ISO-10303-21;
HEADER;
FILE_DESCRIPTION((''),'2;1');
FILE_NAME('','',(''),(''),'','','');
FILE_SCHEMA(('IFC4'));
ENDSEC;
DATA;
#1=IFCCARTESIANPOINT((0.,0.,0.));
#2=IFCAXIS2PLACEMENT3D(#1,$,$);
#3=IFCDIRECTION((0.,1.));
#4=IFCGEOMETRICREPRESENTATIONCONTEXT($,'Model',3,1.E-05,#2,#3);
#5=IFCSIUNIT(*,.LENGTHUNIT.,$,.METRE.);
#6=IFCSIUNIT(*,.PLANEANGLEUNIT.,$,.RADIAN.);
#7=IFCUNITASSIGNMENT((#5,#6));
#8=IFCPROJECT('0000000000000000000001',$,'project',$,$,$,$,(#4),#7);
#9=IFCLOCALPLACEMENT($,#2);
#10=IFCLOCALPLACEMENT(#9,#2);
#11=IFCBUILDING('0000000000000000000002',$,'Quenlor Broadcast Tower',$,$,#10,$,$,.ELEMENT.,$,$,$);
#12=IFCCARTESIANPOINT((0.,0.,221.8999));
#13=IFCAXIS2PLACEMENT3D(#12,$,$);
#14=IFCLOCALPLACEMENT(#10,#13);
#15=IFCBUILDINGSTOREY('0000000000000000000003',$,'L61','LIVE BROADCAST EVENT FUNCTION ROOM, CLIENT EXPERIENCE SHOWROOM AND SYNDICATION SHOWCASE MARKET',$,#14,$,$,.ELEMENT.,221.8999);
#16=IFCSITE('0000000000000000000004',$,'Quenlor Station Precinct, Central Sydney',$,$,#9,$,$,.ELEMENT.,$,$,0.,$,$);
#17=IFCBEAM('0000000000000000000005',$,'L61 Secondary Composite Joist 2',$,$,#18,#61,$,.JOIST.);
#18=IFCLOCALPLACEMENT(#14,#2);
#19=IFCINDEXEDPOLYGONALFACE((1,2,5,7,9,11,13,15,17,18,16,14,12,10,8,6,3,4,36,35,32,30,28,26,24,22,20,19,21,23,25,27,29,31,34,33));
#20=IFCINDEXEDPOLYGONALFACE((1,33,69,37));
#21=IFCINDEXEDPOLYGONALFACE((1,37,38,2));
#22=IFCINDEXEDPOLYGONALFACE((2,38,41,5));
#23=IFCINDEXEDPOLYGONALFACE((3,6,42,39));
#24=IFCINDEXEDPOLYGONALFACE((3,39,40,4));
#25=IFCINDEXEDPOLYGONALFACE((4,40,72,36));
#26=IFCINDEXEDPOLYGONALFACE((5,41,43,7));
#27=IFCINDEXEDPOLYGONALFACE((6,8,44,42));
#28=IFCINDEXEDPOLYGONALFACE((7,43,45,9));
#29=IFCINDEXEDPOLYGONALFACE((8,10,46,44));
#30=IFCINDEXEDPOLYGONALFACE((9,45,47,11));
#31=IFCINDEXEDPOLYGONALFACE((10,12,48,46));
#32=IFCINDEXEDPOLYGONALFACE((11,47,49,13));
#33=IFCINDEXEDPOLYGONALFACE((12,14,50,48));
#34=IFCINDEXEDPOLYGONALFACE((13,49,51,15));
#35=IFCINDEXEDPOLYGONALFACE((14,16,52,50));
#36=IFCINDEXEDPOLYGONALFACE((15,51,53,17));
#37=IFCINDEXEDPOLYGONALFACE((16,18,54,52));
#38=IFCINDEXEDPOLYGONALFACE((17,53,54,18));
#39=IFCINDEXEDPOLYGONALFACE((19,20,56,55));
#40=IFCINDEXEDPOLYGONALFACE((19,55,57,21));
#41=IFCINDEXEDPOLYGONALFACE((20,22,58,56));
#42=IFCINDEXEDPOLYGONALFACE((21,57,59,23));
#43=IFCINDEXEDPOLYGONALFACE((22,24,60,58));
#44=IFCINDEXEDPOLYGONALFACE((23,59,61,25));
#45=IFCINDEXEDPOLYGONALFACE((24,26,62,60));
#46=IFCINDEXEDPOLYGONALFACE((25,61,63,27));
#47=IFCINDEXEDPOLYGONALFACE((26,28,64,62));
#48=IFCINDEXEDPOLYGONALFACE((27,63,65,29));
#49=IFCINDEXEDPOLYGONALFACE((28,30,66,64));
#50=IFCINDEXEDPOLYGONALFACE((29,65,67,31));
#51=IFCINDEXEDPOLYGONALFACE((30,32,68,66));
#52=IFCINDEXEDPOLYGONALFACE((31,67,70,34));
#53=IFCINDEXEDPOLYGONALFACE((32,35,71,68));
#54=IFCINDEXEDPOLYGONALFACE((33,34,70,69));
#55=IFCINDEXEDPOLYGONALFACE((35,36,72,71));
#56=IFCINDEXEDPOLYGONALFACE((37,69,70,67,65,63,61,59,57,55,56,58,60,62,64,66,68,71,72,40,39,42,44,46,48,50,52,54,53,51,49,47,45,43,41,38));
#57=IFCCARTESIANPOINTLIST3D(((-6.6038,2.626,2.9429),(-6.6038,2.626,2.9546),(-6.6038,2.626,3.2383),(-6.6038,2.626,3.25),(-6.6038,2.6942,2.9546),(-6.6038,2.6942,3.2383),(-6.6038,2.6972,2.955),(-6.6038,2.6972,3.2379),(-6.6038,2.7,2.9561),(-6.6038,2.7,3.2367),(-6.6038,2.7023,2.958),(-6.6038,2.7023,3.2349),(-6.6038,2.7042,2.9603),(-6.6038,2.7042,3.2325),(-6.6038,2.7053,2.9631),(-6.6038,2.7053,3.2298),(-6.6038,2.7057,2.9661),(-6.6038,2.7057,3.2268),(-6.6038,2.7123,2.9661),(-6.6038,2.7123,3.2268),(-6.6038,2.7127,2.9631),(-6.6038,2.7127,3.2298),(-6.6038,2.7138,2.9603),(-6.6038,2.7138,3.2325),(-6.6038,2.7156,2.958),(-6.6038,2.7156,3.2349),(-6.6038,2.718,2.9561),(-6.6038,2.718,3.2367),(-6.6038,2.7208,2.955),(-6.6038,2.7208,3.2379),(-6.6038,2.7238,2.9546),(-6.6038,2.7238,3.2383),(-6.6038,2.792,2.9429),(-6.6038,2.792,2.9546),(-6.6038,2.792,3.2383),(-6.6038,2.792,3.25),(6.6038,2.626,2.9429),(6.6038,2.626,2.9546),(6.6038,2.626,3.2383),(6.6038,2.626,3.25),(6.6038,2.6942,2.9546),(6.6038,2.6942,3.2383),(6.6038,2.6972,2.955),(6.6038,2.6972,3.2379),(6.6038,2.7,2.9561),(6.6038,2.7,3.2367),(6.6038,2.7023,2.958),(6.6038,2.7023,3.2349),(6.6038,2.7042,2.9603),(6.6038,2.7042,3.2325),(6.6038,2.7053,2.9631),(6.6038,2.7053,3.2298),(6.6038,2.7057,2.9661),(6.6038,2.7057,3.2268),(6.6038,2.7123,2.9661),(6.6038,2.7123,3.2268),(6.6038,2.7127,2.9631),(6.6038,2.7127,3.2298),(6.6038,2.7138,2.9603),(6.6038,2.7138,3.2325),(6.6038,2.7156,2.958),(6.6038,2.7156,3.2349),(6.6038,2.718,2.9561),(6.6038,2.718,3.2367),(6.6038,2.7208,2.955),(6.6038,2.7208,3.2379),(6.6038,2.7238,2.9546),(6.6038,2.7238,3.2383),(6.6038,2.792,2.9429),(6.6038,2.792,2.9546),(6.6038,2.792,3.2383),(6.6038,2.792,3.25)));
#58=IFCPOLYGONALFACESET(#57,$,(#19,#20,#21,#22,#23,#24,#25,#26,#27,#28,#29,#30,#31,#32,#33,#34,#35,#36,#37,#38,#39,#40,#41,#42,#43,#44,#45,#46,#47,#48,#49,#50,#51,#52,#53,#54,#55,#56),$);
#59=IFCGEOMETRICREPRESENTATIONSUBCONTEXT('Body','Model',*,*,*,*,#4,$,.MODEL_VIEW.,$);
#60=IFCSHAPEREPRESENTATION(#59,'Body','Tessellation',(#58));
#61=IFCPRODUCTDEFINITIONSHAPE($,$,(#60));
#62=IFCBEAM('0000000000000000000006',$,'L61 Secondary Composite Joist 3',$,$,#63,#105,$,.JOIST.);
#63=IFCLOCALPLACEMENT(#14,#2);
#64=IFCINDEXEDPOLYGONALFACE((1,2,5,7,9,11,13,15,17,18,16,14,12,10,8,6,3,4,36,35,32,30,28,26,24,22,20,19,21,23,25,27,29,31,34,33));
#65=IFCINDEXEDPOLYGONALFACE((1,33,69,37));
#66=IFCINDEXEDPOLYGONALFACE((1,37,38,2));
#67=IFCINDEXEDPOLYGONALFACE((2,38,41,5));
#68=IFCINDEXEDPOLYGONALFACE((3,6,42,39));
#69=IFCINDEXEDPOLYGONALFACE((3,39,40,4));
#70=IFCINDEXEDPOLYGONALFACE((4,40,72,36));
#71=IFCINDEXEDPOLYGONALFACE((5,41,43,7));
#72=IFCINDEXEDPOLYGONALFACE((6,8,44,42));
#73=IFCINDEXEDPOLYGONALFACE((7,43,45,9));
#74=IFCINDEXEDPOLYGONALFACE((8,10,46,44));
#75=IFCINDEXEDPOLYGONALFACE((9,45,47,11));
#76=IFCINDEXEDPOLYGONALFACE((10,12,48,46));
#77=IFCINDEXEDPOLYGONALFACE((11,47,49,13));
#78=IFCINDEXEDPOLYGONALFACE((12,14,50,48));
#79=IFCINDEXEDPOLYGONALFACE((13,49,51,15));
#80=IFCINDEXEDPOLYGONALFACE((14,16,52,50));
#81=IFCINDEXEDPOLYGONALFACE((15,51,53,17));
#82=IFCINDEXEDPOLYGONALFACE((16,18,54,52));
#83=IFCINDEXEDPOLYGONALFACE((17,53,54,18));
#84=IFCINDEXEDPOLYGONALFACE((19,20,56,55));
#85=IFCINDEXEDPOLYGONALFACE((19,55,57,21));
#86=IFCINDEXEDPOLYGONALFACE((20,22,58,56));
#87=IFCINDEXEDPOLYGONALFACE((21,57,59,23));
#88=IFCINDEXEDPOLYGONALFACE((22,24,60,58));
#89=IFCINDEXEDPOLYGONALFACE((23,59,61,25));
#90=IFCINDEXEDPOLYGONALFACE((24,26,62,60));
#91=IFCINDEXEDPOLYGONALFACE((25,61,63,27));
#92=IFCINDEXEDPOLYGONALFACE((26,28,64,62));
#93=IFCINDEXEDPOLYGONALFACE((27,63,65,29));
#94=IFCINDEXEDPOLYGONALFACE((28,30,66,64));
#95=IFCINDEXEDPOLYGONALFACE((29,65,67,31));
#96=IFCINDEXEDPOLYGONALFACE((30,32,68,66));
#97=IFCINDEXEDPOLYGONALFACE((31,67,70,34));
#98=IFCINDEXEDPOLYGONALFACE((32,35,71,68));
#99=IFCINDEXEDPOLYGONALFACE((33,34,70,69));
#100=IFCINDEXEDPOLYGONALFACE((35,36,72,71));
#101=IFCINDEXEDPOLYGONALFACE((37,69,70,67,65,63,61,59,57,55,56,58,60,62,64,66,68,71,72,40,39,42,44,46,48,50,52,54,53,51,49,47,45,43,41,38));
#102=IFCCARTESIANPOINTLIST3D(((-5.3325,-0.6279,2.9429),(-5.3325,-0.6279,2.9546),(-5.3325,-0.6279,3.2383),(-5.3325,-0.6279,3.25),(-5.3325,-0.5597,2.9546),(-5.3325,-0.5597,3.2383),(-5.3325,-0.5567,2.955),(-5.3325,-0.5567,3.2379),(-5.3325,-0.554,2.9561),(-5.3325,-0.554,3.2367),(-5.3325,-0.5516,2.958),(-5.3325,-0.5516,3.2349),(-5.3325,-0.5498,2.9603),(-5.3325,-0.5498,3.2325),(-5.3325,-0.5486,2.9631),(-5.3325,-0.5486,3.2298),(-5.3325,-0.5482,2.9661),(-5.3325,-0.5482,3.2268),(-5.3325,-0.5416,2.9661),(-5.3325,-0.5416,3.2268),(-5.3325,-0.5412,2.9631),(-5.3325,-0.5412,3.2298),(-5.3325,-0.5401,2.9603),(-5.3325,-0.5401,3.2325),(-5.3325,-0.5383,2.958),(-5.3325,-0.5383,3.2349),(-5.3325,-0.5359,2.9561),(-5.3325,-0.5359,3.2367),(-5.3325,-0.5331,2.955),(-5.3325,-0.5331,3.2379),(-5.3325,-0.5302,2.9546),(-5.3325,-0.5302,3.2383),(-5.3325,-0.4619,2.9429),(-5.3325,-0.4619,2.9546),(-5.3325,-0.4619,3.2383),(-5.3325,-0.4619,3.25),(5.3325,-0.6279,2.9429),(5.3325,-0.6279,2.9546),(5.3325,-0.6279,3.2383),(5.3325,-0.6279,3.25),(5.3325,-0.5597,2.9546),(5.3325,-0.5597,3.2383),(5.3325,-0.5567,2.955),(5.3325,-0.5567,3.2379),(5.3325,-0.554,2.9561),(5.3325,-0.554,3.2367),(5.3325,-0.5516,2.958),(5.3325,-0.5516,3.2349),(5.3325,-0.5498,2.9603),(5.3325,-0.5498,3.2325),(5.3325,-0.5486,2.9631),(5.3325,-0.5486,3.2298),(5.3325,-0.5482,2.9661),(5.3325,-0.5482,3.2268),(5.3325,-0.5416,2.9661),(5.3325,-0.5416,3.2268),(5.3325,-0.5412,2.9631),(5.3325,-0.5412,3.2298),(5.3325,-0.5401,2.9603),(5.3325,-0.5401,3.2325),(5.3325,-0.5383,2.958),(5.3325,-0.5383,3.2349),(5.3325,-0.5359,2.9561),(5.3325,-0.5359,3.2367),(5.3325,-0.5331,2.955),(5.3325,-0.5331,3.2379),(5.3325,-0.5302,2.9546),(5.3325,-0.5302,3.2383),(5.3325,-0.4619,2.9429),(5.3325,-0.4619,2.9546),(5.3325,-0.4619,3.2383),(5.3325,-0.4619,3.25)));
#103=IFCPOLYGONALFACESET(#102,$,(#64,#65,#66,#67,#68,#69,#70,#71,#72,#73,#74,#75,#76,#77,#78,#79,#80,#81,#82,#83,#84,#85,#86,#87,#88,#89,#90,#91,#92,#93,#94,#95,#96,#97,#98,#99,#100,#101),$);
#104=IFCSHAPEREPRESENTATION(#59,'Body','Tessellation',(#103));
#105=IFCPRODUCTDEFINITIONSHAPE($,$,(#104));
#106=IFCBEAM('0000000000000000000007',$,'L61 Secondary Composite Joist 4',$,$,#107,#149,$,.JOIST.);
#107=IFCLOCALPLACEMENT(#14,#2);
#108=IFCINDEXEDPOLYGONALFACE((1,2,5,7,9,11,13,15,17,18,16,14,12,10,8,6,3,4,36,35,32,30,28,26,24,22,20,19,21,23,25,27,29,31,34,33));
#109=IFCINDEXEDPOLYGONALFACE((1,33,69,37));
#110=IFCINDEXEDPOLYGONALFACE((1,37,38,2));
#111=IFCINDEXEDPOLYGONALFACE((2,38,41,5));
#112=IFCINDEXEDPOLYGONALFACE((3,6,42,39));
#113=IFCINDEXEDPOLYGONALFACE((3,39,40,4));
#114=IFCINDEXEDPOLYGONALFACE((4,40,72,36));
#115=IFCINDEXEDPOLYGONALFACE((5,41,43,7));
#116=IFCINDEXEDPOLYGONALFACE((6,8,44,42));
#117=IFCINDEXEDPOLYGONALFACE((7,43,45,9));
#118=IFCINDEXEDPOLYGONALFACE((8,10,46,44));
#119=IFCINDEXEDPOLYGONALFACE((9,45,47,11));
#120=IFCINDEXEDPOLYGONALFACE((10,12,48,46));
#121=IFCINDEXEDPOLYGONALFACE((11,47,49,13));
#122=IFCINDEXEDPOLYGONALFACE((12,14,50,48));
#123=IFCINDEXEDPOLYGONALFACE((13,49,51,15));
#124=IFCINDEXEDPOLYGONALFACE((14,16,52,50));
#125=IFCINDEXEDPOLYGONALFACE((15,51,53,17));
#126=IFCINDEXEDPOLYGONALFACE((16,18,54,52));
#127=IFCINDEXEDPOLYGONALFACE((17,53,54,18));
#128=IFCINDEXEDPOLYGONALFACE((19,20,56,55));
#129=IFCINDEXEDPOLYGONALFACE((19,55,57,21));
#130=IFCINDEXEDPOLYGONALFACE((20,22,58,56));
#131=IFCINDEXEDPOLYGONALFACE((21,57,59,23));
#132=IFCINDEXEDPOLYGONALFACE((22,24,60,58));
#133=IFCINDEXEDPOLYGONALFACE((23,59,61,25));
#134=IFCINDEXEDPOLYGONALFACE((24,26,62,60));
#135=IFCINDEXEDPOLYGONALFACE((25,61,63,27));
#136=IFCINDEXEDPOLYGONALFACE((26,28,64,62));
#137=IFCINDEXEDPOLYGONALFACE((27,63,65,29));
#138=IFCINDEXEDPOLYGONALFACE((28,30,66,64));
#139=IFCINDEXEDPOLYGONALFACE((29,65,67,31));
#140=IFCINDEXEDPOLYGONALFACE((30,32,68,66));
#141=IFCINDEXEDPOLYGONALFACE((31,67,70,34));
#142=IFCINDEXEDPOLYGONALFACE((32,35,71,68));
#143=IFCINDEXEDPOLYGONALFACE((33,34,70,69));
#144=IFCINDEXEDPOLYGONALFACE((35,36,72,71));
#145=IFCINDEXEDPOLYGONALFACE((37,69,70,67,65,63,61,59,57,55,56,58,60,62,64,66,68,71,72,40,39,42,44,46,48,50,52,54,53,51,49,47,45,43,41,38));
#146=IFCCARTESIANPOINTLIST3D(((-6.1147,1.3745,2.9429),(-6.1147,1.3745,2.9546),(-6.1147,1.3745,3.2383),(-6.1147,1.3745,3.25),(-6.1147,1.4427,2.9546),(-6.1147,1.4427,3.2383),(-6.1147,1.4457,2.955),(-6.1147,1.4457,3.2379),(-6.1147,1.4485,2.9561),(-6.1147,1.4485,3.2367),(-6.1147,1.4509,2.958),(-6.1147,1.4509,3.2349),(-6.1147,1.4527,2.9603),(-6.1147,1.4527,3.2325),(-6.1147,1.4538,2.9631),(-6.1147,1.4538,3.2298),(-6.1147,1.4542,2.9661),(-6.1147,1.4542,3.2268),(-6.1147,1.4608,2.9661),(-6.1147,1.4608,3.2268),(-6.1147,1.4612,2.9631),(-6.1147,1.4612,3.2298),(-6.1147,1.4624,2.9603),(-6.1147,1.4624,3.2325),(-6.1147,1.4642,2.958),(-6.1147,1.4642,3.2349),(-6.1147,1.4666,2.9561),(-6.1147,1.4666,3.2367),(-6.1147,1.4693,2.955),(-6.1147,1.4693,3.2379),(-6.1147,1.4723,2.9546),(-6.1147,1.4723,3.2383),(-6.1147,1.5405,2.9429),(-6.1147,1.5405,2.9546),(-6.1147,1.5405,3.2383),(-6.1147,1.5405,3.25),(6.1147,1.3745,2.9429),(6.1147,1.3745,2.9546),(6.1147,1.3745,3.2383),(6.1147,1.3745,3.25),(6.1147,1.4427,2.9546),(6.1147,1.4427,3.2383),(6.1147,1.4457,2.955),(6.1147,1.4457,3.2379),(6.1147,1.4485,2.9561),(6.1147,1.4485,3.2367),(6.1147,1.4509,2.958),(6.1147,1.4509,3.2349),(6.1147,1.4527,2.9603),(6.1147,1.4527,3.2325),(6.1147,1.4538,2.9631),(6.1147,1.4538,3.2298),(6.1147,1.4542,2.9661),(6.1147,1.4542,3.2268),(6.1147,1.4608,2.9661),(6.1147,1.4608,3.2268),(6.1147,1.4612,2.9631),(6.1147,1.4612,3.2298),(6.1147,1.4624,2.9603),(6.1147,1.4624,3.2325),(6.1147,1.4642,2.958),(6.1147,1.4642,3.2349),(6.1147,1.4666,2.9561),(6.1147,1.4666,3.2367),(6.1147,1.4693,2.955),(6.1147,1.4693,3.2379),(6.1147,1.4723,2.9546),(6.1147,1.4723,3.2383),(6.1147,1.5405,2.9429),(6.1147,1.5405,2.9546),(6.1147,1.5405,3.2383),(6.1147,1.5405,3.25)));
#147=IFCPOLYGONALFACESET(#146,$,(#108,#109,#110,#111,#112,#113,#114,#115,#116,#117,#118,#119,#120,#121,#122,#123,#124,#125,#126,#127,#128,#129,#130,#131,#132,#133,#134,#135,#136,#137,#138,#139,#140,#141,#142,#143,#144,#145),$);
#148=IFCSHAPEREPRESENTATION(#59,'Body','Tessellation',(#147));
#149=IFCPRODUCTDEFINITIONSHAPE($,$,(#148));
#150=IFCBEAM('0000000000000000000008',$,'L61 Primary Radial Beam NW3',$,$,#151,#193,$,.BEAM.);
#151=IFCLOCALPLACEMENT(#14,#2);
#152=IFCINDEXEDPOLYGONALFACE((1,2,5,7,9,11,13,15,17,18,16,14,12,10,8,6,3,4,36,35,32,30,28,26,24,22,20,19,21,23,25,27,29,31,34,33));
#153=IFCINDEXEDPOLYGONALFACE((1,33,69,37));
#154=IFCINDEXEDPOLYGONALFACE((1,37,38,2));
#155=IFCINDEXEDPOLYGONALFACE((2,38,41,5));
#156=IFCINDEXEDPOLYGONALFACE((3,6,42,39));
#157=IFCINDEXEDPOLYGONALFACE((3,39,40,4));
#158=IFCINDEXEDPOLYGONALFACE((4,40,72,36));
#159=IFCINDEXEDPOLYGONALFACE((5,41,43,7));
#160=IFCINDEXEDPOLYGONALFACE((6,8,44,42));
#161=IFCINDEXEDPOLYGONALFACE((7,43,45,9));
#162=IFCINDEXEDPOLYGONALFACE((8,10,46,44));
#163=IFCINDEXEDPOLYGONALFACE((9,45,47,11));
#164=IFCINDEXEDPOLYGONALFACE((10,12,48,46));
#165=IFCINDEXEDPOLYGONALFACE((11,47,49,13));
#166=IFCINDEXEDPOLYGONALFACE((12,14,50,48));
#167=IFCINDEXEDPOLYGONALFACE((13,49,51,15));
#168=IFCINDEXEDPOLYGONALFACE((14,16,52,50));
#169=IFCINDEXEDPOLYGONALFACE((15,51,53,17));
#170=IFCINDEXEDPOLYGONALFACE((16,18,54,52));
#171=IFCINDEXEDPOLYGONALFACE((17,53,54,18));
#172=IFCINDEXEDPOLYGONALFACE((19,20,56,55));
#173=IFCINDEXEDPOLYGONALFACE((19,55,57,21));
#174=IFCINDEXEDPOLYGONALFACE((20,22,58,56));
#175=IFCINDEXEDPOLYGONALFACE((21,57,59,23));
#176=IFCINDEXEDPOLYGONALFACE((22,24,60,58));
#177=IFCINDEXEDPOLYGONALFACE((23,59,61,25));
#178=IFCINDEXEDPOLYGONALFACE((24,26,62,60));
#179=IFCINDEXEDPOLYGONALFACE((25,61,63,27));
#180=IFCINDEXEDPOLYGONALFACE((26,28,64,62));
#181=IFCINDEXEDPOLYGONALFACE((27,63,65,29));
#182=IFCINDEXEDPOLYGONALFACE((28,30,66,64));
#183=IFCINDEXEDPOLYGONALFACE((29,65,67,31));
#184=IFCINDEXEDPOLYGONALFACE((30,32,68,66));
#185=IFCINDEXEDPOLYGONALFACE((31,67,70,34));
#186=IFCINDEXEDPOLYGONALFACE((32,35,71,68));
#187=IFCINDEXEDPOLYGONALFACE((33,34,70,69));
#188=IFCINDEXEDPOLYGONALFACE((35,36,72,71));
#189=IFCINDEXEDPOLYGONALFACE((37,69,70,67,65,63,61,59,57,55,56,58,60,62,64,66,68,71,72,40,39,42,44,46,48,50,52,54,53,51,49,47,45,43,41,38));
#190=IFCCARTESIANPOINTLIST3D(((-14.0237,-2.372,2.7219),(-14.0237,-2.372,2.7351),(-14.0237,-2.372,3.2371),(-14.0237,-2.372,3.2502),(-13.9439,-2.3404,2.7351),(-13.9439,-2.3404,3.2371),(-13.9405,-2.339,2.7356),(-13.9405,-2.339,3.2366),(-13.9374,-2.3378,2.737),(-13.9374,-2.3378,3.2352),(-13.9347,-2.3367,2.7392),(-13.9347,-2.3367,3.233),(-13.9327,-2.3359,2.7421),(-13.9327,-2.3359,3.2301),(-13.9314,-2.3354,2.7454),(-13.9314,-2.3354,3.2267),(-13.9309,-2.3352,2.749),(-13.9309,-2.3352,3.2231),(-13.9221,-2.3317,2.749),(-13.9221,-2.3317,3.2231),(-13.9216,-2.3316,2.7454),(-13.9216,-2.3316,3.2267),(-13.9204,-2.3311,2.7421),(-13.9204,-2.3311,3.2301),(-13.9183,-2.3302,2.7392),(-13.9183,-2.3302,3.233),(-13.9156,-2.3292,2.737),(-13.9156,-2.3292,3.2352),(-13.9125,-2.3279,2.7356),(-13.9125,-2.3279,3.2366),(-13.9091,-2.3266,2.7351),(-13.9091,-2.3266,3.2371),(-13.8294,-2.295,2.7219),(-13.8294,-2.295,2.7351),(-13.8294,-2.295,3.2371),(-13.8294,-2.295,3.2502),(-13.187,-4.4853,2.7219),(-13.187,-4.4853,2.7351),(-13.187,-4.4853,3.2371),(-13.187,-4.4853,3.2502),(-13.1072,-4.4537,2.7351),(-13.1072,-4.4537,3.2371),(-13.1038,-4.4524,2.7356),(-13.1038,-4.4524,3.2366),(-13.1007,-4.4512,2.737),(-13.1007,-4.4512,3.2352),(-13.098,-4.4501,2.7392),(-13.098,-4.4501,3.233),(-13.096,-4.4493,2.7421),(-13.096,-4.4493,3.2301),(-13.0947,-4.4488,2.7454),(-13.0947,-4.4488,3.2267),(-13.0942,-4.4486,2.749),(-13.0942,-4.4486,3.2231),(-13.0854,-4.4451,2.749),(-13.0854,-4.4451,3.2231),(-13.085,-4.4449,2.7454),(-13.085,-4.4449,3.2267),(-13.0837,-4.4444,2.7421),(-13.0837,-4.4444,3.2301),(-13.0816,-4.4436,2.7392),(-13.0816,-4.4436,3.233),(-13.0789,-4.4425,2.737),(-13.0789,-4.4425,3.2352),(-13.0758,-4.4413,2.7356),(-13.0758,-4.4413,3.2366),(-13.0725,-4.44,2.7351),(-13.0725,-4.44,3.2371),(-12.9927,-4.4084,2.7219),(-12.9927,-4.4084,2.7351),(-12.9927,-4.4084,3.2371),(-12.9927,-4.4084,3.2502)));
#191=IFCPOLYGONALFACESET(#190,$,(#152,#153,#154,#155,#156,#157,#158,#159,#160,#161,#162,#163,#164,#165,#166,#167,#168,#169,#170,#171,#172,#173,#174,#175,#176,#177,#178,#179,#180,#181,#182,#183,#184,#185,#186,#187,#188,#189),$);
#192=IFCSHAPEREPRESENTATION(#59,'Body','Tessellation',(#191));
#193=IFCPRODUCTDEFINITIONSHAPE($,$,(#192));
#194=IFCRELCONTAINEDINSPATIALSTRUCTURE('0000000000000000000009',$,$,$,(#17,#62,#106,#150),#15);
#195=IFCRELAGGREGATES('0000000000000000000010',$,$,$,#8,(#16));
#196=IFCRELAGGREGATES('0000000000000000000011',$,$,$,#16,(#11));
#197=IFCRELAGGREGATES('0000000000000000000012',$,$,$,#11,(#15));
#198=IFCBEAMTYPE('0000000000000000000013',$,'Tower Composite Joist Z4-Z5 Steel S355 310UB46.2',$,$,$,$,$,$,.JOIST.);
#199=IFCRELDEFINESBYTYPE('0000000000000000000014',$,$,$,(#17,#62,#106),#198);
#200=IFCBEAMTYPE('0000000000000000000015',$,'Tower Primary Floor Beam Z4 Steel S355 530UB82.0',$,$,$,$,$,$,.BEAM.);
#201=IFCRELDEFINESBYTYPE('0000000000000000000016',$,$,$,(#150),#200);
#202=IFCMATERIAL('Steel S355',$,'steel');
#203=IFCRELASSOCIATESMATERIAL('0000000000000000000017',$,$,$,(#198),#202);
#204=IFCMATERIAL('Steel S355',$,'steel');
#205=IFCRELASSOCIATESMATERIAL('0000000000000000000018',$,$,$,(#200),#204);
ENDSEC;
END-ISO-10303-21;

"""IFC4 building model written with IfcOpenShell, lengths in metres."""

from ifc_helpers import new_model, si_unit, direction, frame, origin, origin_2d, place, context, subcontext, project, spatial, i_section, extrude, material, material_profile, profile_set, type_object, element, save


model = new_model("IFC4")

# Units and contexts
model_context = context("Model", 3, precision=1e-05, world=origin(), true_north=direction((0.0, 1.0)))
body_context = subcontext(model_context, "Body", "Model", "MODEL_VIEW")
ifc_project = project(units=[si_unit("LENGTHUNIT", "METRE"), si_unit("PLANEANGLEUNIT", "RADIAN")], contexts=[model_context])

# Site, building, storey
site_placement = place(None, origin())
site = spatial("IfcSite", under=ifc_project, at=site_placement, Name="Quenlor Station Precinct, Central Sydney", CompositionType="ELEMENT", RefElevation=0.0)
building_placement = place(site_placement, origin())
building = spatial("IfcBuilding", under=site, at=building_placement, Name="Quenlor Broadcast Tower", CompositionType="ELEMENT")
storey_placement = place(building_placement, frame((0.0, 0.0, 221.8999)))
storey = spatial("IfcBuildingStorey", under=building, at=storey_placement, Name="L61", Description="LIVE BROADCAST EVENT FUNCTION ROOM, CLIENT EXPERIENCE SHOWROOM AND SYNDICATION SHOWCASE MARKET", CompositionType="ELEMENT", Elevation=221.8999)

# Beams
ifc_material_1 = material(Name="Steel S355", Category="steel")
ifc_material_profile_1 = material_profile(ifc_material_1, i_section(OverallWidth=0.166, OverallDepth=0.3071, WebThickness=0.0066, FlangeThickness=0.0117, FilletRadius=0.0115, at=origin_2d()))
ifc_profile_set_1 = profile_set([ifc_material_profile_1], Name="Steel S355 310UB46.2")
beam_type_1 = type_object("IfcBeamType", Name="Tower Composite Joist Z4-Z5 Steel S355 310UB46.2", PredefinedType="JOIST", material=ifc_profile_set_1)
beam_1_placement = place(storey_placement, frame((-6.6038, 2.709, 3.0964), z_axis=(1.0, 0.0, 0.0), x_axis=(0.0, 1.0, 0.0)))
element("IfcBeam", 1, at=beam_1_placement, inside=storey, type_object=beam_type_1, Name="L61 Secondary Composite Joist 2", PredefinedType="JOIST", context=body_context, shape_type="SweptSolid", body=[
    extrude(i_section(OverallWidth=0.166, OverallDepth=0.3071, WebThickness=0.0066, FlangeThickness=0.0117, FilletRadius=0.0115, at=origin_2d()), origin(), (0.0, 0.0, 1.0), 13.2075),
])
beam_2_placement = place(storey_placement, frame((-5.3325, -0.5449, 3.0964), z_axis=(1.0, 0.0, 0.0), x_axis=(0.0, 1.0, 0.0)))
element("IfcBeam", 2, at=beam_2_placement, inside=storey, type_object=beam_type_1, Name="L61 Secondary Composite Joist 3", PredefinedType="JOIST", context=body_context, shape_type="SweptSolid", body=[
    extrude(i_section(OverallWidth=0.166, OverallDepth=0.3071, WebThickness=0.0066, FlangeThickness=0.0117, FilletRadius=0.0115, at=origin_2d()), origin(), (0.0, 0.0, 1.0), 10.665),
])
beam_3_placement = place(storey_placement, frame((-6.1147, 1.4575, 3.0964), z_axis=(1.0, 0.0, 0.0), x_axis=(0.0, 1.0, 0.0)))
element("IfcBeam", 3, at=beam_3_placement, inside=storey, type_object=beam_type_1, Name="L61 Secondary Composite Joist 4", PredefinedType="JOIST", context=body_context, shape_type="SweptSolid", body=[
    extrude(i_section(OverallWidth=0.166, OverallDepth=0.3071, WebThickness=0.0066, FlangeThickness=0.0117, FilletRadius=0.0115, at=origin_2d()), origin(), (0.0, 0.0, 1.0), 12.2295),
])
ifc_material_2 = material(Name="Steel S355", Category="steel")
ifc_material_profile_2 = material_profile(ifc_material_2, i_section(OverallWidth=0.209, OverallDepth=0.5283, WebThickness=0.0095, FlangeThickness=0.0132, FilletRadius=0.0139, at=origin_2d()))
ifc_profile_set_2 = profile_set([ifc_material_profile_2], Name="Steel S355 530UB82.0")
beam_type_2 = type_object("IfcBeamType", Name="Tower Primary Floor Beam Z4 Steel S355 530UB82.0", PredefinedType="BEAM", material=ifc_profile_set_2)
beam_4_placement = place(storey_placement, frame((-13.9265, -2.3335, 2.9861), z_axis=(0.36811, -0.929782, 0.0), x_axis=(0.929782, 0.36811, 0.0)))
element("IfcBeam", 4, at=beam_4_placement, inside=storey, type_object=beam_type_2, Name="L61 Primary Radial Beam NW3", PredefinedType="BEAM", context=body_context, shape_type="SweptSolid", body=[
    extrude(i_section(OverallWidth=0.209, OverallDepth=0.5283, WebThickness=0.0095, FlangeThickness=0.0132, FilletRadius=0.0139, at=origin_2d()), origin(), (0.0, 0.0, 1.0), 2.2729),
])

save(model, "model.ifc")
